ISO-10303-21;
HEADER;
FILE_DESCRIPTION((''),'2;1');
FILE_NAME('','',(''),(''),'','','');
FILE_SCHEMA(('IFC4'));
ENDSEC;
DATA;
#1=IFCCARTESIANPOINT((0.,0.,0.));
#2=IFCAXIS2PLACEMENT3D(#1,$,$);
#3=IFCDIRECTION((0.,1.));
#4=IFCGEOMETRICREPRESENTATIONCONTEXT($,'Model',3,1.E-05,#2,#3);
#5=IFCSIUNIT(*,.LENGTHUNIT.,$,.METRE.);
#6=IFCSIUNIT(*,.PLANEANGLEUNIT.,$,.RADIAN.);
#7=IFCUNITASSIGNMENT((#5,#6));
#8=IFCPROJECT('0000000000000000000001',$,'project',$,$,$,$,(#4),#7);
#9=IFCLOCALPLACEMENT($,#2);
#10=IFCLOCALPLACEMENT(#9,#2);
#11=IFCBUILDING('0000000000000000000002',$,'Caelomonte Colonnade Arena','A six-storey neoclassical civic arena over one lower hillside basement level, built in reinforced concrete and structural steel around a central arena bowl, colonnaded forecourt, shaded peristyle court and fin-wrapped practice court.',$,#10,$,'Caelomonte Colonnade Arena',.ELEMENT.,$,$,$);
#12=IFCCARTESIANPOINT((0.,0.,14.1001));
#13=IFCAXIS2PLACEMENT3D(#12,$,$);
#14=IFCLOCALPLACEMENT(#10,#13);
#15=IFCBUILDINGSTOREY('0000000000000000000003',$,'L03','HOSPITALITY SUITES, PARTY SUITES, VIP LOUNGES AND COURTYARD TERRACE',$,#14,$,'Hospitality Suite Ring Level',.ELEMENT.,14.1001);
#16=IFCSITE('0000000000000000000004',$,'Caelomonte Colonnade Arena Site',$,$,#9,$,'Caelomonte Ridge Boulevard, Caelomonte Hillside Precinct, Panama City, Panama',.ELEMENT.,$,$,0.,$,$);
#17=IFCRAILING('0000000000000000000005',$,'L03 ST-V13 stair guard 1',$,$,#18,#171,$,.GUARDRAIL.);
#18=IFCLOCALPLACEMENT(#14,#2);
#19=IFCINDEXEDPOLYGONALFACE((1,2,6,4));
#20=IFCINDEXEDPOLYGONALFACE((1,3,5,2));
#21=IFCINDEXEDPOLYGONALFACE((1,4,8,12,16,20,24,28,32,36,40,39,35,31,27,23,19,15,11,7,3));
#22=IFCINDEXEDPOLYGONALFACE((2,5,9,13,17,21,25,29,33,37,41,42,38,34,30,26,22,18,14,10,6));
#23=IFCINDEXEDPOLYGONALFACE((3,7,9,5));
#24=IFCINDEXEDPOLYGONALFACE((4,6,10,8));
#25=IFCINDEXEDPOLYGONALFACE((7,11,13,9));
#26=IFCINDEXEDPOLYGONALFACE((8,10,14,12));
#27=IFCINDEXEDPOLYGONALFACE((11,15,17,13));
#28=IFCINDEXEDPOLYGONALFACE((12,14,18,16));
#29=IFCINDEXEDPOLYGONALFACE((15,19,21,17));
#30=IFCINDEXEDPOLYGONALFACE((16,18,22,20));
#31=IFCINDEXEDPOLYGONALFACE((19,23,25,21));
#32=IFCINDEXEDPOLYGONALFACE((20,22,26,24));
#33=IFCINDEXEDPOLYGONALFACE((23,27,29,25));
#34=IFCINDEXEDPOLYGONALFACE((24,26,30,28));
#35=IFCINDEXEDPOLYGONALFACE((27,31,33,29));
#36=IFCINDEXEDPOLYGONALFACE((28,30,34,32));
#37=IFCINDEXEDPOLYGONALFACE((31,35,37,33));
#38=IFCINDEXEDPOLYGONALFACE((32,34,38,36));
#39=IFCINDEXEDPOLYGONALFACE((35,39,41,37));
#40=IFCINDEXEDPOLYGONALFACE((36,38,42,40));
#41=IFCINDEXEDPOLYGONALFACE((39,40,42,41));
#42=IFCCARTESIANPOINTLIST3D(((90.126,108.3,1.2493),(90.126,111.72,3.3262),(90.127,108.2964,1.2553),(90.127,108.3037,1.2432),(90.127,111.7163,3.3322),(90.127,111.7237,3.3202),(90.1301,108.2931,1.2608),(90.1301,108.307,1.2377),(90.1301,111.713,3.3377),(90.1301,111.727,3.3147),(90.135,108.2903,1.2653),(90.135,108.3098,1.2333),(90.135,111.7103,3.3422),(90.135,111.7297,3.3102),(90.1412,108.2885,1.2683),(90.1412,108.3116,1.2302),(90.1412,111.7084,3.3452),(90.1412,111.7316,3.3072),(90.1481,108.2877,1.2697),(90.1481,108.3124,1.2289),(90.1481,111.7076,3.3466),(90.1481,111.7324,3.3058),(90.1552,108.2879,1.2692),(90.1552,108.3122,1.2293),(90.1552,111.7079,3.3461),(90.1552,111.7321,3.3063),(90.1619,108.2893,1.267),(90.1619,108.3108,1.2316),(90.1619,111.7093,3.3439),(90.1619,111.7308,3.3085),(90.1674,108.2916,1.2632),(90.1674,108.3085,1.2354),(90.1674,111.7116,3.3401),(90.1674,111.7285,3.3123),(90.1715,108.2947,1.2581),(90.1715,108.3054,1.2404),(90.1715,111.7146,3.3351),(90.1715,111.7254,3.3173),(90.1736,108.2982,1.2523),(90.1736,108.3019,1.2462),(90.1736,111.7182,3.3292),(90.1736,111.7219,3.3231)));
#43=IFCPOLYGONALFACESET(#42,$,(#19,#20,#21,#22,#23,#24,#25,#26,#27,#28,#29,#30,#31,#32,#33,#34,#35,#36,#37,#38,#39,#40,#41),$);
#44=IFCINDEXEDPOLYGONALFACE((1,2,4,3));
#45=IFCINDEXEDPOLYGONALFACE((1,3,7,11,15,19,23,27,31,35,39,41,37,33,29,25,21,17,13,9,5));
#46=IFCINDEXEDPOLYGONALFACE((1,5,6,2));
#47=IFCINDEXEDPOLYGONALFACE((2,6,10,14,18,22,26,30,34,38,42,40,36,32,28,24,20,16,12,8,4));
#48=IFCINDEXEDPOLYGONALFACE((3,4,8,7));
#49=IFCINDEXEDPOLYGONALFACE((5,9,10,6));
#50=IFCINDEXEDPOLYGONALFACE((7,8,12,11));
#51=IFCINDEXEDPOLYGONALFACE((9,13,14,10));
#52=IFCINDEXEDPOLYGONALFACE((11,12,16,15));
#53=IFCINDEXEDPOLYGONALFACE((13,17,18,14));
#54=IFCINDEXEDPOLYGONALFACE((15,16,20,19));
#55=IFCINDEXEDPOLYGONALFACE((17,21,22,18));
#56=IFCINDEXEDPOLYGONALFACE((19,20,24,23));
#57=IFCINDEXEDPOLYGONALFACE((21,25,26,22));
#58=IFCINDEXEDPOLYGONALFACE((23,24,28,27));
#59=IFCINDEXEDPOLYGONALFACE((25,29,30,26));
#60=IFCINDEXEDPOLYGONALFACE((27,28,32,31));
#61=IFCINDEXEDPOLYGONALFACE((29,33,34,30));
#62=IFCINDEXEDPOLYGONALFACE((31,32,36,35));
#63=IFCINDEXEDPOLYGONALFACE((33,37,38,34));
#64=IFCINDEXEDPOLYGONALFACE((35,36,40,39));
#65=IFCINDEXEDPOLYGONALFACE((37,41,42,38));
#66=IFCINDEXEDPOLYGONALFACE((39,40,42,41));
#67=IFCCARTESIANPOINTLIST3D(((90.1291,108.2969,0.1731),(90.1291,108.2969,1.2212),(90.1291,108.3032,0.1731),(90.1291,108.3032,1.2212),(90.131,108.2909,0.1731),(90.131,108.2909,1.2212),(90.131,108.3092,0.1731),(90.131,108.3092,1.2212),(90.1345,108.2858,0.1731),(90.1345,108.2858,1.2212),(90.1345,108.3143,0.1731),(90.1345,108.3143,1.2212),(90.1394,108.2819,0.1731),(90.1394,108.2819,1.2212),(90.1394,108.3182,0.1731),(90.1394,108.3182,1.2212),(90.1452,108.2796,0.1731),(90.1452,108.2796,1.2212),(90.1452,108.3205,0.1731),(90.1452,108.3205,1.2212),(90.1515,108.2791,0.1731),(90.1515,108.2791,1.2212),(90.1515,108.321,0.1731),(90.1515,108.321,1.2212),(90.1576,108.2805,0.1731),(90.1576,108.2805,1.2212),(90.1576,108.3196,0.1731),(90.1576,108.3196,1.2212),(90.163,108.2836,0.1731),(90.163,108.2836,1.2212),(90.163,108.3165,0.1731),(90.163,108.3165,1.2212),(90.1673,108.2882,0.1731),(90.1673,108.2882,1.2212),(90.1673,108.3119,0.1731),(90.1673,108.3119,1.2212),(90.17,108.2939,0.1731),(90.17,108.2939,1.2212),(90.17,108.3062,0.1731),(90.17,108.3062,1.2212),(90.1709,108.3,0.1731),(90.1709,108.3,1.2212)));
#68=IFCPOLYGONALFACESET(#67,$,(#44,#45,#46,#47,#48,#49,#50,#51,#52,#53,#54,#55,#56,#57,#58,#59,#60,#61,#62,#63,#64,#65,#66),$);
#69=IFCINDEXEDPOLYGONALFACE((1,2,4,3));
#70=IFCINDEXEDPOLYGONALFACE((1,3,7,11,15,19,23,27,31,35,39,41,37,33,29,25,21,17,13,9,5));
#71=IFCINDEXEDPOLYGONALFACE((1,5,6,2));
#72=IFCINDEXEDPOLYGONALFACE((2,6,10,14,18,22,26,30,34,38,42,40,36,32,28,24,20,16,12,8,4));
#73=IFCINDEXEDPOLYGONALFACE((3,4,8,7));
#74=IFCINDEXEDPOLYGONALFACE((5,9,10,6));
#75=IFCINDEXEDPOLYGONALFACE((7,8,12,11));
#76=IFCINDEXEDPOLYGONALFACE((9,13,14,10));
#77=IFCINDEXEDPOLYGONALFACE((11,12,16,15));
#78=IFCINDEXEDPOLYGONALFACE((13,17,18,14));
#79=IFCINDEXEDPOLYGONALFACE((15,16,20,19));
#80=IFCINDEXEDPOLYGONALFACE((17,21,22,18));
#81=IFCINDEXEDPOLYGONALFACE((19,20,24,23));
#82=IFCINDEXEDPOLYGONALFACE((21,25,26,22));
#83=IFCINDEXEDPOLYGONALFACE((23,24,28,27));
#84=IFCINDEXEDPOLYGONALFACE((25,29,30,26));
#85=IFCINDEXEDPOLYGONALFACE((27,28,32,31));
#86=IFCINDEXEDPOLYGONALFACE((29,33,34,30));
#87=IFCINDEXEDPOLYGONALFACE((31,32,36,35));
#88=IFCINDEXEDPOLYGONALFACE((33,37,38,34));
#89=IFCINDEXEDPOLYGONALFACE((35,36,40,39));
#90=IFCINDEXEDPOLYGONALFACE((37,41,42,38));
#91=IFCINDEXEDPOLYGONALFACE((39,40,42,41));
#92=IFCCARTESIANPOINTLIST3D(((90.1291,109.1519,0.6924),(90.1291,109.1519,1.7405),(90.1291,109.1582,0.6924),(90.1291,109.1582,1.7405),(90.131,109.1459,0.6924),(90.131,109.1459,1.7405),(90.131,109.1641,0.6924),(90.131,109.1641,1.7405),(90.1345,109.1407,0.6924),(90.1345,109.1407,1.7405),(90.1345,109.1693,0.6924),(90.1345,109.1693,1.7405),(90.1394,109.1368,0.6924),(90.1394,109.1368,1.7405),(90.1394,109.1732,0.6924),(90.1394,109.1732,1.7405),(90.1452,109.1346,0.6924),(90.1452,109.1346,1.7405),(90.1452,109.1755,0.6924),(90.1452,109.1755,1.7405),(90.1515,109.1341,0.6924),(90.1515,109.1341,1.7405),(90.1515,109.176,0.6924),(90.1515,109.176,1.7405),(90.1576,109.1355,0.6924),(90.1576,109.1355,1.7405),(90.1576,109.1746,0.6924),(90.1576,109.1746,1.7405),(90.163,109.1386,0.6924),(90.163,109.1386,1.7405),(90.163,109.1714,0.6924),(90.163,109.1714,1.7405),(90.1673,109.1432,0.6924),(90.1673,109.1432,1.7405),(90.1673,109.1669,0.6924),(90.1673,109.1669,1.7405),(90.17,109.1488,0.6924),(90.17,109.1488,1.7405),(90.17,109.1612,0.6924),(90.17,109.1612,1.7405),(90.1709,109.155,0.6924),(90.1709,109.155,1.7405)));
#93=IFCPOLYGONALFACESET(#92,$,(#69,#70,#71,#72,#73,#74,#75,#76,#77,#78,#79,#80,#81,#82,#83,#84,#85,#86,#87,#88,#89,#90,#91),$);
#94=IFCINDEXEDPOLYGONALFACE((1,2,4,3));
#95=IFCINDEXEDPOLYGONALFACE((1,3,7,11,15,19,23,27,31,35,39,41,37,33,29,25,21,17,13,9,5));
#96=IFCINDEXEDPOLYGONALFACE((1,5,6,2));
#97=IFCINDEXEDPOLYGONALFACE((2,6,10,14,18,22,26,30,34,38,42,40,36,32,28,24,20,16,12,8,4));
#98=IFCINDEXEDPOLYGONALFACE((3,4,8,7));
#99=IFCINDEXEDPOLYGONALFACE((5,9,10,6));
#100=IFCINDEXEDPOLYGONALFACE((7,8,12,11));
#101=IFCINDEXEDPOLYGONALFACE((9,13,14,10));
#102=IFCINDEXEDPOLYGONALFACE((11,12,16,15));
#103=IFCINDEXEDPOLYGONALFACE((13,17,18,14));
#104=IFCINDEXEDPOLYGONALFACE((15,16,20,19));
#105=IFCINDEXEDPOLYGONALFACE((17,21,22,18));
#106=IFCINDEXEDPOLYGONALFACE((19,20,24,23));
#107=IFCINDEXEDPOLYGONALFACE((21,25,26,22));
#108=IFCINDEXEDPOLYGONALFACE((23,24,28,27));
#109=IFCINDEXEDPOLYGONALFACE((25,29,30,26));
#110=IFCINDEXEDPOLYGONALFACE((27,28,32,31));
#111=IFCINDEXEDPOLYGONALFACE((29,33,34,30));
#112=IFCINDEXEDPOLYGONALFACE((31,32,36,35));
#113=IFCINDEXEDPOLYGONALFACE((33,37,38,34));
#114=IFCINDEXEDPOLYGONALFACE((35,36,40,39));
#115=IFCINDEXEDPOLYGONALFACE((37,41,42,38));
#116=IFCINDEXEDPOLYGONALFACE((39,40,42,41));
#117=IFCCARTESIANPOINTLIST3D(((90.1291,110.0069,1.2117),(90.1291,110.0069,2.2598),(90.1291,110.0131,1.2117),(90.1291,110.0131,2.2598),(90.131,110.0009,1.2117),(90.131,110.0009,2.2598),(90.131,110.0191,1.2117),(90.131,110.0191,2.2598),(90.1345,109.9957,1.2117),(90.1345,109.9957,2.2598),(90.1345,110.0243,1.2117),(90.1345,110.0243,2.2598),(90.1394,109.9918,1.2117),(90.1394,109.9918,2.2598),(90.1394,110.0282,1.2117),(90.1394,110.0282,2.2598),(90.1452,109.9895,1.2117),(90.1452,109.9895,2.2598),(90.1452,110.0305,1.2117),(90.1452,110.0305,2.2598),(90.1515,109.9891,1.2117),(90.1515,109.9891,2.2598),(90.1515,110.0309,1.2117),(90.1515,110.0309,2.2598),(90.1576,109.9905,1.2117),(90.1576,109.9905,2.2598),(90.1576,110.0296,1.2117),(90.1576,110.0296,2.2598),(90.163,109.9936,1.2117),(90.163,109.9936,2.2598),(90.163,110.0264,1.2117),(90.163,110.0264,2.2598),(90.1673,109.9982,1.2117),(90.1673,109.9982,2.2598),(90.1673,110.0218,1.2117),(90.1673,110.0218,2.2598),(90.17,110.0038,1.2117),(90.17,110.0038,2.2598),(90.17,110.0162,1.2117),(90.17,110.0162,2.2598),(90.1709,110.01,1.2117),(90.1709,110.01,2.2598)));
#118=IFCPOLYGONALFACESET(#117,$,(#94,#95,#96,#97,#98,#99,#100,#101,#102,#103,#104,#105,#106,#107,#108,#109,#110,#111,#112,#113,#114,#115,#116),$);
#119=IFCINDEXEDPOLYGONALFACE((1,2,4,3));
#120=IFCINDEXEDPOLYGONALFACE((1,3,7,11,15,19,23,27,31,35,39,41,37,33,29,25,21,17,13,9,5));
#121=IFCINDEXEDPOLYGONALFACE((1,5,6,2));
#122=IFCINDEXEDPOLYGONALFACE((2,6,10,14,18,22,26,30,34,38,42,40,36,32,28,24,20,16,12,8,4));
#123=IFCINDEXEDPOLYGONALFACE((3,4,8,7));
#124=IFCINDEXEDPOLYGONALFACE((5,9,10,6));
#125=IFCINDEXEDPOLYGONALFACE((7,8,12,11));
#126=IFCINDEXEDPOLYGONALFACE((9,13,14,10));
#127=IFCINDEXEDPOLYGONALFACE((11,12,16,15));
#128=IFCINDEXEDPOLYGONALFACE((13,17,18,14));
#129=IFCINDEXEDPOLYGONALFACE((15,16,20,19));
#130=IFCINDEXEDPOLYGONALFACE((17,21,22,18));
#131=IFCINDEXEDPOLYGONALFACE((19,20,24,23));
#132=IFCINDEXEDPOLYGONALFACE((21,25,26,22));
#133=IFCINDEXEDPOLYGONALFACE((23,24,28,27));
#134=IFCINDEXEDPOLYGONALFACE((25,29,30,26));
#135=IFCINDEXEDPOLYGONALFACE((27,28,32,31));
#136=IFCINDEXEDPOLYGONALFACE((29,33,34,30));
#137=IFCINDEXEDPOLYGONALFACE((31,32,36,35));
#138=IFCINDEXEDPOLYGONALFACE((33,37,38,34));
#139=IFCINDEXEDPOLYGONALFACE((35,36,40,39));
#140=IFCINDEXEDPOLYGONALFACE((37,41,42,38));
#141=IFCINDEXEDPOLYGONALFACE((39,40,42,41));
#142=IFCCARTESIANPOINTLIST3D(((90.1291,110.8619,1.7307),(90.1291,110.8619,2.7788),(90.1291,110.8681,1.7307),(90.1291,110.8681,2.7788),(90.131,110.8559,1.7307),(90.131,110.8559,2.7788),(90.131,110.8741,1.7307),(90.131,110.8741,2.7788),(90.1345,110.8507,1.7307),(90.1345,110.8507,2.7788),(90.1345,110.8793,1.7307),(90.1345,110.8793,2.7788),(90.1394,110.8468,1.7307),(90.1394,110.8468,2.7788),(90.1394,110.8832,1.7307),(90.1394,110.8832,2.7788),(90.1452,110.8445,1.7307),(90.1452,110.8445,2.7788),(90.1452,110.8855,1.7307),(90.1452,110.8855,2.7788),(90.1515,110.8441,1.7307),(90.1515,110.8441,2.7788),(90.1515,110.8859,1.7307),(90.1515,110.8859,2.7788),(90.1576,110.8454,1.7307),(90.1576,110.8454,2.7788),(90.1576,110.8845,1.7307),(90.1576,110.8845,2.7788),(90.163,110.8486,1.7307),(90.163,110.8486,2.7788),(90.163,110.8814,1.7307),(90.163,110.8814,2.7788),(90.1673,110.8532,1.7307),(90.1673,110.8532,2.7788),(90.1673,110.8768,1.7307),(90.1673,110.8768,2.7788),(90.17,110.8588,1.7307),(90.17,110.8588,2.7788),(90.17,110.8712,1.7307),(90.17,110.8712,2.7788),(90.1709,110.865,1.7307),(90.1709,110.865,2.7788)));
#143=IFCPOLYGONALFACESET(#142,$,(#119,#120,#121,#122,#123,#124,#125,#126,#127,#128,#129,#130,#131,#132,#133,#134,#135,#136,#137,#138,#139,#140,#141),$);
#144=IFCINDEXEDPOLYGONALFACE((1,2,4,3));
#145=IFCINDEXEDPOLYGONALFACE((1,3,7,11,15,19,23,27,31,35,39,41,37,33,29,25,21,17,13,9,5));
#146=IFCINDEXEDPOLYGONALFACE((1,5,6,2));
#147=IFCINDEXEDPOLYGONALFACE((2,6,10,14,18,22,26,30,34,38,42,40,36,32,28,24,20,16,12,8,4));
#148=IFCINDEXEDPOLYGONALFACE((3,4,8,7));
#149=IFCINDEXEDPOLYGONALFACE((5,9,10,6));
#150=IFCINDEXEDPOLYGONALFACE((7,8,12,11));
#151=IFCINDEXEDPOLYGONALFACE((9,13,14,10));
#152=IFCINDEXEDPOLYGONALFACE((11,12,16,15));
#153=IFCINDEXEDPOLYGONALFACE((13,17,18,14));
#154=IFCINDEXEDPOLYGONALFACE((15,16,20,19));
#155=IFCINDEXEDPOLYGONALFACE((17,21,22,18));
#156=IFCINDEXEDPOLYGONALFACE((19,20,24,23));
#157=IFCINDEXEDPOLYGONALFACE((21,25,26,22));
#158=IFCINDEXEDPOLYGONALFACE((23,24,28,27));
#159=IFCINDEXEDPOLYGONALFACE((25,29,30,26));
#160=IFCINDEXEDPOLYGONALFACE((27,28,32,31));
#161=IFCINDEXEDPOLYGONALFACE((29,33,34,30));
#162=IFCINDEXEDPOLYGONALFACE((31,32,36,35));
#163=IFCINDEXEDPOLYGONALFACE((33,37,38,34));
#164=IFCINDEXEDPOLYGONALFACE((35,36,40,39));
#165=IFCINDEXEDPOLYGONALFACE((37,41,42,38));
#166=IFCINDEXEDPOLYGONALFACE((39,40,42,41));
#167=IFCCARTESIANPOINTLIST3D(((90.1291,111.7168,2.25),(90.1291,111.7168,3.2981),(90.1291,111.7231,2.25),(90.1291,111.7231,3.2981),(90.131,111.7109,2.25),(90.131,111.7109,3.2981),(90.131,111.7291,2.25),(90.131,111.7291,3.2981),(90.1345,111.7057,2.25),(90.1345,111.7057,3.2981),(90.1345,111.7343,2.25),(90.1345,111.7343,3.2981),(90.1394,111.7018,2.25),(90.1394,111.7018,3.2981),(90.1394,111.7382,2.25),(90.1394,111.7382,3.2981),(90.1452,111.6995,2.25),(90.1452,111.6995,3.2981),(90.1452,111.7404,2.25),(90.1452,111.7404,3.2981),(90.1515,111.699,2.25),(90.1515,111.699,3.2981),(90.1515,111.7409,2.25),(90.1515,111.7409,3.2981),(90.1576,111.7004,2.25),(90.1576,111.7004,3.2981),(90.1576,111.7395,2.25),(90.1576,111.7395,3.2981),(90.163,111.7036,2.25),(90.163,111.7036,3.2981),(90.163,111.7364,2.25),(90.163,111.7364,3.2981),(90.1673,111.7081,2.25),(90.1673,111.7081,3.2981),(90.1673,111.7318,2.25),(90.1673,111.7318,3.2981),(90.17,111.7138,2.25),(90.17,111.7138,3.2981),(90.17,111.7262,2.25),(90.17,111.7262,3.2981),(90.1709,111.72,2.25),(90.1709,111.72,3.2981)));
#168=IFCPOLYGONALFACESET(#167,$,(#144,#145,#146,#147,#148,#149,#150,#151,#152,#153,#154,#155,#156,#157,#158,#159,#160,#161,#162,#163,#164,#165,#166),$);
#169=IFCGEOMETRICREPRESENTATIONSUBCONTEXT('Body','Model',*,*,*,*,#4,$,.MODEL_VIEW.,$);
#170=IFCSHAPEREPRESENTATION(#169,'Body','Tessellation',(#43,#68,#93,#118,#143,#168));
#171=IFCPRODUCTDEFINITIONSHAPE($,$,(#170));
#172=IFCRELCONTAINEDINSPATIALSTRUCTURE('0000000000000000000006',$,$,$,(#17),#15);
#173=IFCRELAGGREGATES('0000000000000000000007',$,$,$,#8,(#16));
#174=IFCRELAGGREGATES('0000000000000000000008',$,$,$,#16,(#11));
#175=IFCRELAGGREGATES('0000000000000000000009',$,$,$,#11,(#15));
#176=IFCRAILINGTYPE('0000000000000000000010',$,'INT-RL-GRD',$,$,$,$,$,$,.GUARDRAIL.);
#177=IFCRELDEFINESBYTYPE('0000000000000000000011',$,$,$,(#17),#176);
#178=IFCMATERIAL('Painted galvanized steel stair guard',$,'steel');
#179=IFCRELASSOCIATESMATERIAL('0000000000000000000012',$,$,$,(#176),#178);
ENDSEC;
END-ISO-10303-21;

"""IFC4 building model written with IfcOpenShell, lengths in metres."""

from ifc_helpers import new_model, si_unit, direction, frame, origin, origin_2d, place, context, subcontext, project, spatial, circle, extrude, material, type_object, element, save


model = new_model("IFC4")

# Units and contexts
model_context = context("Model", 3, precision=1e-05, world=origin(), true_north=direction((0.0, 1.0)))
body_context = subcontext(model_context, "Body", "Model", "MODEL_VIEW")
ifc_project = project(units=[si_unit("LENGTHUNIT", "METRE"), si_unit("PLANEANGLEUNIT", "RADIAN")], contexts=[model_context])

# Site, building, storey
site_placement = place(None, origin())
site = spatial("IfcSite", under=ifc_project, at=site_placement, Name="Caelomonte Colonnade Arena Site", LongName="Caelomonte Ridge Boulevard, Caelomonte Hillside Precinct, Panama City, Panama", CompositionType="ELEMENT", RefElevation=0.0)
building_placement = place(site_placement, origin())
building = spatial("IfcBuilding", under=site, at=building_placement, Name="Caelomonte Colonnade Arena", Description="A six-storey neoclassical civic arena over one lower hillside basement level, built in reinforced concrete and structural steel around a central arena bowl, colonnaded forecourt, shaded peristyle court and fin-wrapped practice court.", LongName="Caelomonte Colonnade Arena", CompositionType="ELEMENT")
storey_placement = place(building_placement, frame((0.0, 0.0, 14.1001)))
storey = spatial("IfcBuildingStorey", under=building, at=storey_placement, Name="L03", Description="HOSPITALITY SUITES, PARTY SUITES, VIP LOUNGES AND COURTYARD TERRACE", LongName="Hospitality Suite Ring Level", CompositionType="ELEMENT", Elevation=14.1001)

# Railing
ifc_material_1 = material(Name="Painted galvanized steel stair guard", Category="steel")
railing_type_1 = type_object("IfcRailingType", Name="INT-RL-GRD", PredefinedType="GUARDRAIL", material=ifc_material_1)
railing_1_placement = place(storey_placement, frame((90.1499, 108.3, 0.1731)))
element("IfcRailing", 1, at=railing_1_placement, inside=storey, type_object=railing_type_1, Name="L03 ST-V13 stair guard 1", PredefinedType="GUARDRAIL", context=body_context, shape_type="SweptSolid", body=[
    extrude(circle(Radius=0.0239, at=origin_2d()), frame((0.0, 0.0, 1.0762), z_axis=(0.0, 0.85473, 0.519074), x_axis=(-1.0, 0.0, 0.0)), (0.0, 0.0, 1.0), 4.0012),
    extrude(circle(Radius=0.021, at=origin_2d()), origin(), (0.0, 0.0, 1.0), 1.0481),
    extrude(circle(Radius=0.021, at=origin_2d()), frame((0.0, 0.855, 0.5193)), (0.0, 0.0, 1.0), 1.0481),
    extrude(circle(Radius=0.021, at=origin_2d()), frame((0.0, 1.71, 1.0386)), (0.0, 0.0, 1.0), 1.0481),
    extrude(circle(Radius=0.021, at=origin_2d()), frame((0.0, 2.5649, 1.5576)), (0.0, 0.0, 1.0), 1.0481),
    extrude(circle(Radius=0.021, at=origin_2d()), frame((0.0, 3.4199, 2.0769)), (0.0, 0.0, 1.0), 1.0481),
])

save(model, "model.ifc")
